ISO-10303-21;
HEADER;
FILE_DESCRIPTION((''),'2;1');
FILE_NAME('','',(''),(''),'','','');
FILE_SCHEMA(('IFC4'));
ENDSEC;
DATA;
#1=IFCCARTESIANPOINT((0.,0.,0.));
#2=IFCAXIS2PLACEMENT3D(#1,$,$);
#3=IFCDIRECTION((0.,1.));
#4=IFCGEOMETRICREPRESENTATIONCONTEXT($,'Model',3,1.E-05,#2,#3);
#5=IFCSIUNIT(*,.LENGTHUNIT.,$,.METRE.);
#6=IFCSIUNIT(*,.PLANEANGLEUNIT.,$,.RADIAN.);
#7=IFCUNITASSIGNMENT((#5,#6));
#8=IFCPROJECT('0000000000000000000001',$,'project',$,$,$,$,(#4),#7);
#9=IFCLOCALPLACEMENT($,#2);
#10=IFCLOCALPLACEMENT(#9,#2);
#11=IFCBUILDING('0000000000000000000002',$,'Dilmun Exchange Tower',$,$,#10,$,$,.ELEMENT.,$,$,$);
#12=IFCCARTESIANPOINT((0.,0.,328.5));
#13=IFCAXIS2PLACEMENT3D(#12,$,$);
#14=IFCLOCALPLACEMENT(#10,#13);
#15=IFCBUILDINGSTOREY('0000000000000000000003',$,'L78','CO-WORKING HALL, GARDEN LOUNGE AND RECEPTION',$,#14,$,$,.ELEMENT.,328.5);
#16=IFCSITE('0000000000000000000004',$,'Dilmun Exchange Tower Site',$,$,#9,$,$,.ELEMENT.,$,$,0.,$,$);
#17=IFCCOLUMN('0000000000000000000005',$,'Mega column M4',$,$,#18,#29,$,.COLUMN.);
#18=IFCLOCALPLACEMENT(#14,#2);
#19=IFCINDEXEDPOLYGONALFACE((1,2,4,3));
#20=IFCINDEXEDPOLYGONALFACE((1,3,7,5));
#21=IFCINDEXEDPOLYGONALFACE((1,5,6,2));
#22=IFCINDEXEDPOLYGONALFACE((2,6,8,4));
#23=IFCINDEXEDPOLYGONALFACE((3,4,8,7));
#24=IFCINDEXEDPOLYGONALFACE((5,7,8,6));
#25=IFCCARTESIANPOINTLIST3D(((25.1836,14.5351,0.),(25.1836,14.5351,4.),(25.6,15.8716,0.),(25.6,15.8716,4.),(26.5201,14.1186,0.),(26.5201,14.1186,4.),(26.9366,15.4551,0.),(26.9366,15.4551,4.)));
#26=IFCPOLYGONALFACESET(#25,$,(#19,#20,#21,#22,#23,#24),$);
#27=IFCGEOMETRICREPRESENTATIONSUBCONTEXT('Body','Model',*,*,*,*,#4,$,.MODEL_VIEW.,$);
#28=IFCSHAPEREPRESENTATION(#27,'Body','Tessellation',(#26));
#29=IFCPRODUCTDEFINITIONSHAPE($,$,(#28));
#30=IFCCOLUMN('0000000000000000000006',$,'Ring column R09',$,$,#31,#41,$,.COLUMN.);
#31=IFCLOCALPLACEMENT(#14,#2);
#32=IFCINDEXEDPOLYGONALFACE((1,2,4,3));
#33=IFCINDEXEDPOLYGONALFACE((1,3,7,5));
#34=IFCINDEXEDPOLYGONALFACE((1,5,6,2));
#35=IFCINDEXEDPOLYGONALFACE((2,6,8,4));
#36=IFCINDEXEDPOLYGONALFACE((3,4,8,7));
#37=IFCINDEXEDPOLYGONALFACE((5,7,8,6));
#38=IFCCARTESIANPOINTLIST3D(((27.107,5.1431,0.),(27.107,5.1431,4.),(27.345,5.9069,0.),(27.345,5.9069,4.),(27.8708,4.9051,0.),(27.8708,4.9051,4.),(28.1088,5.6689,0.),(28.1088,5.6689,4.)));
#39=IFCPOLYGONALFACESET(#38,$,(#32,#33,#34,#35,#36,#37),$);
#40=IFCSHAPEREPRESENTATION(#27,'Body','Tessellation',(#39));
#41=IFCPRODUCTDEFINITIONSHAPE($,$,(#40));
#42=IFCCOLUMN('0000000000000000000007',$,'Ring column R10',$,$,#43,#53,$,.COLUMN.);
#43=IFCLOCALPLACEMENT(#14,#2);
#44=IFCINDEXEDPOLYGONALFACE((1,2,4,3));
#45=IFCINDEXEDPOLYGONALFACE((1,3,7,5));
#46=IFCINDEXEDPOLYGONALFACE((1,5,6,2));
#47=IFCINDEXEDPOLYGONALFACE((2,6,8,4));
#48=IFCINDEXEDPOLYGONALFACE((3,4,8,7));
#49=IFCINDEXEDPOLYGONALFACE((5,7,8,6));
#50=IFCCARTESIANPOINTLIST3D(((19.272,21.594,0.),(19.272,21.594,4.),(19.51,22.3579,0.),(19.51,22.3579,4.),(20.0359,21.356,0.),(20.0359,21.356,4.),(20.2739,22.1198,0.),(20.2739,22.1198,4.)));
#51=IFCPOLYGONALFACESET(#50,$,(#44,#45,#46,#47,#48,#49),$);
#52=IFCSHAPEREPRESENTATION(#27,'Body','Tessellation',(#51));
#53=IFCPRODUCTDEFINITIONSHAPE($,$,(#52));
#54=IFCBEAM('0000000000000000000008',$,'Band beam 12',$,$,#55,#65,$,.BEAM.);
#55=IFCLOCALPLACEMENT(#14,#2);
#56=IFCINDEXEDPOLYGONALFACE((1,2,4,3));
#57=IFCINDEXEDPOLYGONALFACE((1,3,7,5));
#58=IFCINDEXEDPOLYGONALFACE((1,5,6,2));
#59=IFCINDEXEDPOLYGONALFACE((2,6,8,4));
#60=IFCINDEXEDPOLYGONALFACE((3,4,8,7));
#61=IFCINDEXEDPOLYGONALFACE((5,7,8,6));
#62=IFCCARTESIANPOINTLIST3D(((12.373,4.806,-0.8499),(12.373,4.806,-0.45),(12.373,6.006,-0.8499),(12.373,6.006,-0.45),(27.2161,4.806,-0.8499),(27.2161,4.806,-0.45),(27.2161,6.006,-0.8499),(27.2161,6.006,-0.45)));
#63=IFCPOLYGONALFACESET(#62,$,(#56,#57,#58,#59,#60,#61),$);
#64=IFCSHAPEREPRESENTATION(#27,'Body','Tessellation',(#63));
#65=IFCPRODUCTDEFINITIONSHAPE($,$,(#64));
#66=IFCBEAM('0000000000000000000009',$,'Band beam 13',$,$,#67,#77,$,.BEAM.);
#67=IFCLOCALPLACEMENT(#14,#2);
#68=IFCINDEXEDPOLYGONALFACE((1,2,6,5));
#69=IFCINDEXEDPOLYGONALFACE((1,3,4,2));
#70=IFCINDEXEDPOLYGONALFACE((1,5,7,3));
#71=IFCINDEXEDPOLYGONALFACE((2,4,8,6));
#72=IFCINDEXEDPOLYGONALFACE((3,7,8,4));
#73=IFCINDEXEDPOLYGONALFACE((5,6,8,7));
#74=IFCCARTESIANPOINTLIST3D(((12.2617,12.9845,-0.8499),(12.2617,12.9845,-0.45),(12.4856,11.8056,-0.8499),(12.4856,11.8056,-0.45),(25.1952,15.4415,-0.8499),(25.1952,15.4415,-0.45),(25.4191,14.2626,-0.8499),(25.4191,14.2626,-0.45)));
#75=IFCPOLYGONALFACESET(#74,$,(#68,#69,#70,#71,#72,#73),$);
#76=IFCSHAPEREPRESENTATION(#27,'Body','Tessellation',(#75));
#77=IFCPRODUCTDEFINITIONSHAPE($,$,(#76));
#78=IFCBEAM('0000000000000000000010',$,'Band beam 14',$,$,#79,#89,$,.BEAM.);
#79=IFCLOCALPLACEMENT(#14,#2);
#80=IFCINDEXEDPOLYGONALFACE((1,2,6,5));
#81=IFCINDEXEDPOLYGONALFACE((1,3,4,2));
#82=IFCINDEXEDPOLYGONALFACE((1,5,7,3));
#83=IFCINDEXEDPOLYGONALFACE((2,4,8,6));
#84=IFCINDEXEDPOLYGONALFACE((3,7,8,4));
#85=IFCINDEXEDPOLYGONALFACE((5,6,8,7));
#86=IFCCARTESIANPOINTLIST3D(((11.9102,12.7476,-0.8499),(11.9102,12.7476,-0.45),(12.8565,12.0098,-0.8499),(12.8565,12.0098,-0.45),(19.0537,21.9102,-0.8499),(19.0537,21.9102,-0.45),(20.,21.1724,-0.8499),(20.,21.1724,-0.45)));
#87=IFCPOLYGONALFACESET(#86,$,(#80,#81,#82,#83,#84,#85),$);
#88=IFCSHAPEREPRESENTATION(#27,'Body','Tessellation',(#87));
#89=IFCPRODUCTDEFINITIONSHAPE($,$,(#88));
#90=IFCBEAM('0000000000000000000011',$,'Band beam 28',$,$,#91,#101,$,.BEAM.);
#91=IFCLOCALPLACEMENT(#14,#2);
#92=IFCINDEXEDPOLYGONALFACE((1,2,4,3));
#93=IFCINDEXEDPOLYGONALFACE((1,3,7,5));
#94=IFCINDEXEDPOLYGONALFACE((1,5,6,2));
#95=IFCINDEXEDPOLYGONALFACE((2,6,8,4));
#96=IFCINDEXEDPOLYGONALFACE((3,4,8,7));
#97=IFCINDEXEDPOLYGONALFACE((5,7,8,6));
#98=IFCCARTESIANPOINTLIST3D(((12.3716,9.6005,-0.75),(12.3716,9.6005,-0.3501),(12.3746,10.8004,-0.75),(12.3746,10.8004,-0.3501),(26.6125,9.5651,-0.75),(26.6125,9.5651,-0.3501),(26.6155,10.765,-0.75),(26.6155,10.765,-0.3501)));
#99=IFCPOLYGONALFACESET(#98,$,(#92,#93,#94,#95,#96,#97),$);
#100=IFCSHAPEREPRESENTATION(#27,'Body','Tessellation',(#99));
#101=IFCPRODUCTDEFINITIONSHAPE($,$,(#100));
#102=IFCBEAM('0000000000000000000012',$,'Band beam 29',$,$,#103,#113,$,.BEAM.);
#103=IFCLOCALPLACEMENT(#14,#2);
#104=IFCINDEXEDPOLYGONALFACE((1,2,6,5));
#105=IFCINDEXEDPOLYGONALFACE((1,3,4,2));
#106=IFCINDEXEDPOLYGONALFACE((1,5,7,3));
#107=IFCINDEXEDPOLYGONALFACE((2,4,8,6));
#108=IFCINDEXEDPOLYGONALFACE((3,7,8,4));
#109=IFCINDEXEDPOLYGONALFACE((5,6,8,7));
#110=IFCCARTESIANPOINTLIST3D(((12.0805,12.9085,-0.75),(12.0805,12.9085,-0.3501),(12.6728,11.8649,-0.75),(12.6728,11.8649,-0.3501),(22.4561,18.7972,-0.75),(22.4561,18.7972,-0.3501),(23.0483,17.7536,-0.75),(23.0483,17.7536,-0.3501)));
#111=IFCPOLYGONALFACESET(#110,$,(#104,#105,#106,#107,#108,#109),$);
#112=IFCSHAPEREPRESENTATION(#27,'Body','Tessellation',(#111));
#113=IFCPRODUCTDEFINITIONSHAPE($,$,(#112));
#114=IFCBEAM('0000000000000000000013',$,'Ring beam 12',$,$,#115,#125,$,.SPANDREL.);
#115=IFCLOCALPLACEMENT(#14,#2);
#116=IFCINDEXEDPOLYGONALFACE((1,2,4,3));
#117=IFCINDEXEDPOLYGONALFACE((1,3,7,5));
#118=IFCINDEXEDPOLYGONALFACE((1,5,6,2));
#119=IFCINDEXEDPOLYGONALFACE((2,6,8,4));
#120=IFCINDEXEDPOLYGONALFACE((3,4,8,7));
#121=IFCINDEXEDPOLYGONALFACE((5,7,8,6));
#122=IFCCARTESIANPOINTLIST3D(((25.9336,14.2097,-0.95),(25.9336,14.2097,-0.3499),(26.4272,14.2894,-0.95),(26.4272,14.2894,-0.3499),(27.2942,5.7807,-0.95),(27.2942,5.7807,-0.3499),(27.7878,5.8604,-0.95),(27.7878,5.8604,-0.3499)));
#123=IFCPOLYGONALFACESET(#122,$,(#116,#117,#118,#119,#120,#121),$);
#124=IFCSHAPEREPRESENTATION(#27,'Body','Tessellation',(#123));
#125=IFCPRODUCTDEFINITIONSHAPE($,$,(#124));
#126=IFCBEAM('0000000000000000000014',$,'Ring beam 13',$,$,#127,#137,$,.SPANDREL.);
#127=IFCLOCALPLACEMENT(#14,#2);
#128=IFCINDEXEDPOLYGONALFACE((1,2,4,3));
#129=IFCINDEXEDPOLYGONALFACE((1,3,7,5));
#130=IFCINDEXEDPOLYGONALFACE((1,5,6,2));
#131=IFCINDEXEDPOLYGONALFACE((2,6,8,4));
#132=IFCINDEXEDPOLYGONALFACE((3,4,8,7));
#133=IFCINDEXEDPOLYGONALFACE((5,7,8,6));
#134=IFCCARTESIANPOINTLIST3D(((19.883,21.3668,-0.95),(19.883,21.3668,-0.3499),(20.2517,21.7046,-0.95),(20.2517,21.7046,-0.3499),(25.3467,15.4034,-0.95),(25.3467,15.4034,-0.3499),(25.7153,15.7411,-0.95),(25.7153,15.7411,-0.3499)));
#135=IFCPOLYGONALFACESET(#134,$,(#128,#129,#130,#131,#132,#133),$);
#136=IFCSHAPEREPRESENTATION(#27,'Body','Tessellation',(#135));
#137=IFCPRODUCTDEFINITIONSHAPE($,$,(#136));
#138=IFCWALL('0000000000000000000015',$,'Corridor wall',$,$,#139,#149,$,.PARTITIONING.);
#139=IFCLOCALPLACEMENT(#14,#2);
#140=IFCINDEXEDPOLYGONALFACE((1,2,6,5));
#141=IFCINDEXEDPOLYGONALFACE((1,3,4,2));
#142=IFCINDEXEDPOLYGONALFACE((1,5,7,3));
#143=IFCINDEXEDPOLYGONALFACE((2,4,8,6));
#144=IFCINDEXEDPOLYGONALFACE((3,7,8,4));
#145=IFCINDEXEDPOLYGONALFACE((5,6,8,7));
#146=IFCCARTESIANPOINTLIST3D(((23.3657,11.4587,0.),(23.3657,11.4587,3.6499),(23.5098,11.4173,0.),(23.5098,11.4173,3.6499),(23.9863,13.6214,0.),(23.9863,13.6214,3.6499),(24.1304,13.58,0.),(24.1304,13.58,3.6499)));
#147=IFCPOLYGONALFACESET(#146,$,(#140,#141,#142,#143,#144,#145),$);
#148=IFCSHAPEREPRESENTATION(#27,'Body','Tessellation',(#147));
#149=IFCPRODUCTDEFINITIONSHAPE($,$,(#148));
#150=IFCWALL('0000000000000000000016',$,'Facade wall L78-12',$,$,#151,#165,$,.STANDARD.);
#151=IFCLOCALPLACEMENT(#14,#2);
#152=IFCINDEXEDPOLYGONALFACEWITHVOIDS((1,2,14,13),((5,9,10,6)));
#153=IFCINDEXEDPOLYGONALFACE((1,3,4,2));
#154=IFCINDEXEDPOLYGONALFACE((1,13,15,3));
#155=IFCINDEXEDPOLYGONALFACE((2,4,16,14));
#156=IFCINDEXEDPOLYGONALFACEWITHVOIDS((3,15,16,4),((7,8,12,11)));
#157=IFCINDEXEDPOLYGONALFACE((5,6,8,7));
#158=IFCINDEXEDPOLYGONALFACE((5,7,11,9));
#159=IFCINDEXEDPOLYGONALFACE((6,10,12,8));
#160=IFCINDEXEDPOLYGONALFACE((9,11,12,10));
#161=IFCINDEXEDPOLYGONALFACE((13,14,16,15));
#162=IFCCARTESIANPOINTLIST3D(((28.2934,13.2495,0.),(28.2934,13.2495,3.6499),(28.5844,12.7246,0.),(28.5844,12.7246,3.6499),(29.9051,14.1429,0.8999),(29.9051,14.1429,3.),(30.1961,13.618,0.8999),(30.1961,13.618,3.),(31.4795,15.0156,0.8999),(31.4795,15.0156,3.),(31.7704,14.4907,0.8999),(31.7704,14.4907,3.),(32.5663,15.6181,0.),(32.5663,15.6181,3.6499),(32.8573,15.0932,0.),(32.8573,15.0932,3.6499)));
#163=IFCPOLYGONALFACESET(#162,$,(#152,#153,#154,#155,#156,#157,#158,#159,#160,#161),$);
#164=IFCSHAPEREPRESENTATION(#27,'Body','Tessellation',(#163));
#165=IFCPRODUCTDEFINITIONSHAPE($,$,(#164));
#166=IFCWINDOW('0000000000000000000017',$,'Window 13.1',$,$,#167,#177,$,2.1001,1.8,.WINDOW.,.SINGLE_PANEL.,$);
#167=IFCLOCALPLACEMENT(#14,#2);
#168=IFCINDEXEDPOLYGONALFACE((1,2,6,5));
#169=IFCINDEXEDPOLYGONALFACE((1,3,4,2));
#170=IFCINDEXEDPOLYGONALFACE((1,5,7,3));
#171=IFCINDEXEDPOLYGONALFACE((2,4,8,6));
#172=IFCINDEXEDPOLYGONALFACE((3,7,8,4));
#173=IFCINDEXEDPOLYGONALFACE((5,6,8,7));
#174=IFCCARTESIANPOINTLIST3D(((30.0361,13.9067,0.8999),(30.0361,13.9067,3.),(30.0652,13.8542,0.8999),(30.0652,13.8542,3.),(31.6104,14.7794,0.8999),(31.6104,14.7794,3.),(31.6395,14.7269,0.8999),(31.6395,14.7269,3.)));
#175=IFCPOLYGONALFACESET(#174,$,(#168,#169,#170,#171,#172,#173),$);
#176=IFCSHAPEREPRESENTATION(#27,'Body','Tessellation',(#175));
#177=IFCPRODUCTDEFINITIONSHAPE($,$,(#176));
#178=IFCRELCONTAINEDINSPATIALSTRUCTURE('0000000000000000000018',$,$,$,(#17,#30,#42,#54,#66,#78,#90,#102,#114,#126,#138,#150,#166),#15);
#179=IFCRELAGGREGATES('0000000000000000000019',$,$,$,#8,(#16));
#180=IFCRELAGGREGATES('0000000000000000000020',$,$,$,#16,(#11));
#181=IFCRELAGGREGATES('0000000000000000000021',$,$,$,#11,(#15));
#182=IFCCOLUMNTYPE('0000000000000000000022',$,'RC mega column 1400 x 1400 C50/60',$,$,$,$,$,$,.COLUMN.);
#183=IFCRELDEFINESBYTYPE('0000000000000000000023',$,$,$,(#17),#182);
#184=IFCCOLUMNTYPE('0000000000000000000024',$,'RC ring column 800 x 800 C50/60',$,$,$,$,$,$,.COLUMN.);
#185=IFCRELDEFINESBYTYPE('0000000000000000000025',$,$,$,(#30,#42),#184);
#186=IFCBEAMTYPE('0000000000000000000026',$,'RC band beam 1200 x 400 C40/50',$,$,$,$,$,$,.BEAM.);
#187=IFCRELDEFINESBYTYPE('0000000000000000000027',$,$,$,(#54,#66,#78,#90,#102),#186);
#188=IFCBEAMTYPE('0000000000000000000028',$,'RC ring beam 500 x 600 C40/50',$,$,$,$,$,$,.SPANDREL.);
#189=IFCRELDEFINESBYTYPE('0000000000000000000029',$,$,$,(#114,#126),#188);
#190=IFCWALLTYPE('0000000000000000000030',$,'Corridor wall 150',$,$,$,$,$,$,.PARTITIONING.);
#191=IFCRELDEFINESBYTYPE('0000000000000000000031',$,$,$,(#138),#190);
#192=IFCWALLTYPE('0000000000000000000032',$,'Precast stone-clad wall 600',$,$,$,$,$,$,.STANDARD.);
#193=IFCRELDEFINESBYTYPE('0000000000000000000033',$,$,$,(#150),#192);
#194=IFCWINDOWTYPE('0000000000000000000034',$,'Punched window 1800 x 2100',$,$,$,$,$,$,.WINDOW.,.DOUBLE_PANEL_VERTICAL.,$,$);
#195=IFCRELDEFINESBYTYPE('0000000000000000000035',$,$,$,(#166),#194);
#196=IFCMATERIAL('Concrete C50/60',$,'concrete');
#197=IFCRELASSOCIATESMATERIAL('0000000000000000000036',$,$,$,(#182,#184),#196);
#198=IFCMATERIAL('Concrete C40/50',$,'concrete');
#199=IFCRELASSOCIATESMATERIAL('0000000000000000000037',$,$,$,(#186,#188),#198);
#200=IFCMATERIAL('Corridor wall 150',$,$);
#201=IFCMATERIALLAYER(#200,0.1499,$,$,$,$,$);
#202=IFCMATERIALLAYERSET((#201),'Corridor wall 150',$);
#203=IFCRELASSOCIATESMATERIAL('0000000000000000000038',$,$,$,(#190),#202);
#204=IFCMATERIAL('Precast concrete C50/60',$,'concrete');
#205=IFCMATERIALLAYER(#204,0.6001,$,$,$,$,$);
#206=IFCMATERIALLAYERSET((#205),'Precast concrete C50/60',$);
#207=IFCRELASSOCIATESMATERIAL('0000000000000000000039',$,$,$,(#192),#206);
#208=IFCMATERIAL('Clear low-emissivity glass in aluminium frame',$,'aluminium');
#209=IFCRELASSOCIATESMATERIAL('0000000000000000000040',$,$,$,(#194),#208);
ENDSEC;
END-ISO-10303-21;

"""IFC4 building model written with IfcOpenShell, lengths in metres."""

from ifc_helpers import new_model, si_unit, direction, frame, frame_2d, origin, origin_2d, place, context, subcontext, project, spatial, rectangle, extrude, material, layer, layer_set, material_profile, profile_set, type_object, element, fill, save


model = new_model("IFC4")

# Units and contexts
model_context = context("Model", 3, precision=1e-05, world=origin(), true_north=direction((0.0, 1.0)))
body_context = subcontext(model_context, "Body", "Model", "MODEL_VIEW")
ifc_project = project(units=[si_unit("LENGTHUNIT", "METRE"), si_unit("PLANEANGLEUNIT", "RADIAN")], contexts=[model_context])

# Site, building, storey
site_placement = place(None, origin())
site = spatial("IfcSite", under=ifc_project, at=site_placement, Name="Dilmun Exchange Tower Site", CompositionType="ELEMENT", RefElevation=0.0)
building_placement = place(site_placement, origin())
building = spatial("IfcBuilding", under=site, at=building_placement, Name="Dilmun Exchange Tower", CompositionType="ELEMENT")
storey_placement = place(building_placement, frame((0.0, 0.0, 328.5)))
storey = spatial("IfcBuildingStorey", under=building, at=storey_placement, Name="L78", Description="CO-WORKING HALL, GARDEN LOUNGE AND RECEPTION", CompositionType="ELEMENT", Elevation=328.5)

# Columns
ifc_material_1 = material(Name="Concrete C50/60", Category="concrete")
ifc_material_profile_1 = material_profile(ifc_material_1, rectangle(XDim=1.3999, YDim=1.3999, at=origin_2d()), Name="1400 x 1400")
ifc_profile_set_1 = profile_set([ifc_material_profile_1], Name="Concrete C50/60")
column_type_1 = type_object("IfcColumnType", Name="RC mega column 1400 x 1400 C50/60", PredefinedType="COLUMN", material=ifc_profile_set_1)
column_placement = place(storey_placement, frame((26.0601, 14.9951, 0.0), z_axis=(0.0, 0.0, 1.0), x_axis=(0.297503, 0.954721, 0.0)))
element("IfcColumn", 1, at=column_placement, inside=storey, type_object=column_type_1, Name="Mega column M4", PredefinedType="COLUMN", context=body_context, shape_type="SweptSolid", body=[
    extrude(rectangle(XDim=1.3999, YDim=1.3999, at=origin_2d()), origin(), (0.0, 0.0, 1.0), 4.0),
])
ifc_material_profile_2 = material_profile(ifc_material_1, rectangle(XDim=0.8, YDim=0.8, at=origin_2d()), Name="800 x 800")
ifc_profile_set_2 = profile_set([ifc_material_profile_2], Name="Concrete C50/60")
column_type_2 = type_object("IfcColumnType", Name="RC ring column 800 x 800 C50/60", PredefinedType="COLUMN", material=ifc_profile_set_2)
for number, where, z_axis, x_axis, name in (
    (2, (27.6079, 5.406, 0.0), (0.0, 0.0, 1.0), (0.297503, 0.954721, 0.0), "Ring column R09"),
    (3, (19.7729, 21.8569, 0.0), (0.0, 0.0, 1.0), (0.297503, 0.954721, 0.0), "Ring column R10"),
):
    element("IfcColumn", number, at=place(storey_placement, frame(where, z_axis=z_axis, x_axis=x_axis)), inside=storey, type_object=column_type_2, Name=name, PredefinedType="COLUMN", context=body_context, shape_type="SweptSolid", body=[
        extrude(rectangle(XDim=0.8, YDim=0.8, at=origin_2d()), origin(), (0.0, 0.0, 1.0), 4.0),
    ])

# Beams
ifc_material_2 = material(Name="Concrete C40/50", Category="concrete")
ifc_material_profile_3 = material_profile(ifc_material_2, rectangle(XDim=1.2, YDim=0.3999, at=origin_2d()), Name="1200 x 400")
ifc_profile_set_3 = profile_set([ifc_material_profile_3], Name="Concrete C40/50")
beam_type_1 = type_object("IfcBeamType", Name="RC band beam 1200 x 400 C40/50", PredefinedType="BEAM", material=ifc_profile_set_3)
beam_1_placement = place(storey_placement, frame((27.2161, 5.406, -0.6499), z_axis=(-1.0, 0.0, 0.0), x_axis=(0.0, -1.0, 0.0)))
element("IfcBeam", 4, at=beam_1_placement, inside=storey, type_object=beam_type_1, Name="Band beam 12", PredefinedType="BEAM", context=body_context, shape_type="SweptSolid", body=[
    extrude(rectangle(XDim=1.2, YDim=0.3999, at=origin_2d()), origin(), (0.0, 0.0, 1.0), 14.843),
])
beam_2_placement = place(storey_placement, frame((25.3071, 14.8521, -0.6499), z_axis=(-0.982429, -0.186635, 0.0), x_axis=(0.186635, -0.982429, 0.0)))
element("IfcBeam", 5, at=beam_2_placement, inside=storey, type_object=beam_type_1, Name="Band beam 13", PredefinedType="BEAM", context=body_context, shape_type="SweptSolid", body=[
    extrude(rectangle(XDim=1.2, YDim=0.3999, at=origin_2d()), origin(), (0.0, 0.0, 1.0), 13.1648),
])
beam_3_placement = place(storey_placement, frame((19.5269, 21.5413, -0.6499), z_axis=(-0.614857, -0.788639, 0.0), x_axis=(0.788639, -0.614857, 0.0)))
element("IfcBeam", 6, at=beam_3_placement, inside=storey, type_object=beam_type_1, Name="Band beam 14", PredefinedType="BEAM", context=body_context, shape_type="SweptSolid", body=[
    extrude(rectangle(XDim=1.2, YDim=0.3999, at=origin_2d()), origin(), (0.0, 0.0, 1.0), 11.6182),
])
beam_4_placement = place(storey_placement, frame((26.614, 10.165, -0.55), z_axis=(-0.999997, 0.002486, 0.0), x_axis=(-0.002486, -0.999997, 0.0)))
element("IfcBeam", 7, at=beam_4_placement, inside=storey, type_object=beam_type_1, Name="Band beam 28", PredefinedType="BEAM", context=body_context, shape_type="SweptSolid", body=[
    extrude(rectangle(XDim=1.2, YDim=0.3999, at=origin_2d()), origin(), (0.0, 0.0, 1.0), 14.241),
])
beam_5_placement = place(storey_placement, frame((22.7522, 18.2754, -0.55), z_axis=(-0.86969, -0.493598, 0.0), x_axis=(0.493598, -0.86969, 0.0)))
element("IfcBeam", 8, at=beam_5_placement, inside=storey, type_object=beam_type_1, Name="Band beam 29", PredefinedType="BEAM", context=body_context, shape_type="SweptSolid", body=[
    extrude(rectangle(XDim=1.2, YDim=0.3999, at=origin_2d()), origin(), (0.0, 0.0, 1.0), 11.9302),
])
ifc_material_profile_4 = material_profile(ifc_material_2, rectangle(XDim=0.5, YDim=0.6001, at=origin_2d()), Name="500 x 600")
ifc_profile_set_4 = profile_set([ifc_material_profile_4], Name="Concrete C40/50")
beam_type_2 = type_object("IfcBeamType", Name="RC ring beam 500 x 600 C40/50", PredefinedType="SPANDREL", material=ifc_profile_set_4)
beam_6_placement = place(storey_placement, frame((27.541, 5.8206, -0.6499), z_axis=(-0.159357, 0.987221, 0.0), x_axis=(-0.987221, -0.159357, 0.0)))
element("IfcBeam", 9, at=beam_6_placement, inside=storey, type_object=beam_type_2, Name="Ring beam 12", PredefinedType="SPANDREL", context=body_context, shape_type="SweptSolid", body=[
    extrude(rectangle(XDim=0.5, YDim=0.6001, at=origin_2d()), origin(), (0.0, 0.0, 1.0), 8.5381),
])
beam_7_placement = place(storey_placement, frame((25.531, 15.5723, -0.6499), z_axis=(-0.675536, 0.737327, 0.0), x_axis=(-0.737327, -0.675536, 0.0)))
element("IfcBeam", 10, at=beam_7_placement, inside=storey, type_object=beam_type_2, Name="Ring beam 13", PredefinedType="SPANDREL", context=body_context, shape_type="SweptSolid", body=[
    extrude(rectangle(XDim=0.5, YDim=0.6001, at=origin_2d()), origin(), (0.0, 0.0, 1.0), 8.0879),
])

# Wall
ifc_material_3 = material(Name="Corridor wall 150")
ifc_layer_1 = layer(ifc_material_3, 0.1499)
ifc_layer_set_1 = layer_set([ifc_layer_1], Name="Corridor wall 150")
wall_type_1 = type_object("IfcWallType", Name="Corridor wall 150", PredefinedType="PARTITIONING", material=ifc_layer_set_1)
wall_1_placement = place(storey_placement, frame((23.4377, 11.438, 0.0), z_axis=(0.0, 0.0, 1.0), x_axis=(0.27581, 0.961212, 0.0)))
element("IfcWall", 11, at=wall_1_placement, inside=storey, type_object=wall_type_1, Name="Corridor wall", PredefinedType="PARTITIONING", context=body_context, shape_type="SweptSolid", body=[
    extrude(rectangle(XDim=2.25, YDim=0.1499, at=frame_2d((1.125, 0.0))), origin(), (0.0, 0.0, 1.0), 3.6499),
])

# Wall, opening, window
ifc_material_4 = material(Name="Precast concrete C50/60", Category="concrete")
ifc_layer_2 = layer(ifc_material_4, 0.6001)
ifc_layer_set_2 = layer_set([ifc_layer_2], Name="Precast concrete C50/60")
wall_type_2 = type_object("IfcWallType", Name="Precast stone-clad wall 600", PredefinedType="STANDARD", material=ifc_layer_set_2)
wall_2_placement = place(storey_placement, frame((32.7119, 15.3557, 0.0), z_axis=(0.0, 0.0, 1.0), x_axis=(-0.874609, -0.484828, 0.0)))
wall_2 = element("IfcWall", 12, at=wall_2_placement, inside=storey, type_object=wall_type_2, Name="Facade wall L78-12", PredefinedType="STANDARD", context=body_context, shape_type="SweptSolid", body=[
    extrude(rectangle(XDim=4.8855, YDim=0.6001, at=frame_2d((2.4429, 0.0))), origin(), (0.0, 0.0, 1.0), 3.6499),
])
opening_1_placement = place(wall_2_placement, frame((1.2429, 0.0, 0.8999)))
opening_1 = element("IfcOpeningElement", 13, at=opening_1_placement, cuts=wall_2, PredefinedType="OPENING", context=body_context, shape_type="SweptSolid", body=[
    extrude(rectangle(XDim=1.8, YDim=2.1001, at=frame_2d((0.8999, 1.05))), frame((0.0, 0.3101, 0.0), z_axis=(0.0, -1.0, 0.0), x_axis=(1.0, 0.0, 0.0)), (0.0, 0.0, 1.0), 0.6201),
])
ifc_material_5 = material(Name="Clear low-emissivity glass in aluminium frame", Category="aluminium")
window_type_1 = type_object("IfcWindowType", Name="Punched window 1800 x 2100", PartitioningType="DOUBLE_PANEL_VERTICAL", PredefinedType="WINDOW", material=ifc_material_5)
window_1_placement = place(opening_1_placement, origin())
window_1 = element("IfcWindow", 14, at=window_1_placement, inside=storey, type_object=window_type_1, Name="Window 13.1", OverallHeight=2.1001, OverallWidth=1.8, PartitioningType="SINGLE_PANEL", PredefinedType="WINDOW", context=body_context, shape_type="SweptSolid", body=[
    extrude(rectangle(XDim=1.8, YDim=2.1001, at=frame_2d((0.8999, 1.05))), frame((0.0, 0.03, 0.0), z_axis=(0.0, -1.0, 0.0), x_axis=(1.0, 0.0, 0.0)), (0.0, 0.0, 1.0), 0.0601),
])
fill(opening_1, window_1)

save(model, "model.ifc")
